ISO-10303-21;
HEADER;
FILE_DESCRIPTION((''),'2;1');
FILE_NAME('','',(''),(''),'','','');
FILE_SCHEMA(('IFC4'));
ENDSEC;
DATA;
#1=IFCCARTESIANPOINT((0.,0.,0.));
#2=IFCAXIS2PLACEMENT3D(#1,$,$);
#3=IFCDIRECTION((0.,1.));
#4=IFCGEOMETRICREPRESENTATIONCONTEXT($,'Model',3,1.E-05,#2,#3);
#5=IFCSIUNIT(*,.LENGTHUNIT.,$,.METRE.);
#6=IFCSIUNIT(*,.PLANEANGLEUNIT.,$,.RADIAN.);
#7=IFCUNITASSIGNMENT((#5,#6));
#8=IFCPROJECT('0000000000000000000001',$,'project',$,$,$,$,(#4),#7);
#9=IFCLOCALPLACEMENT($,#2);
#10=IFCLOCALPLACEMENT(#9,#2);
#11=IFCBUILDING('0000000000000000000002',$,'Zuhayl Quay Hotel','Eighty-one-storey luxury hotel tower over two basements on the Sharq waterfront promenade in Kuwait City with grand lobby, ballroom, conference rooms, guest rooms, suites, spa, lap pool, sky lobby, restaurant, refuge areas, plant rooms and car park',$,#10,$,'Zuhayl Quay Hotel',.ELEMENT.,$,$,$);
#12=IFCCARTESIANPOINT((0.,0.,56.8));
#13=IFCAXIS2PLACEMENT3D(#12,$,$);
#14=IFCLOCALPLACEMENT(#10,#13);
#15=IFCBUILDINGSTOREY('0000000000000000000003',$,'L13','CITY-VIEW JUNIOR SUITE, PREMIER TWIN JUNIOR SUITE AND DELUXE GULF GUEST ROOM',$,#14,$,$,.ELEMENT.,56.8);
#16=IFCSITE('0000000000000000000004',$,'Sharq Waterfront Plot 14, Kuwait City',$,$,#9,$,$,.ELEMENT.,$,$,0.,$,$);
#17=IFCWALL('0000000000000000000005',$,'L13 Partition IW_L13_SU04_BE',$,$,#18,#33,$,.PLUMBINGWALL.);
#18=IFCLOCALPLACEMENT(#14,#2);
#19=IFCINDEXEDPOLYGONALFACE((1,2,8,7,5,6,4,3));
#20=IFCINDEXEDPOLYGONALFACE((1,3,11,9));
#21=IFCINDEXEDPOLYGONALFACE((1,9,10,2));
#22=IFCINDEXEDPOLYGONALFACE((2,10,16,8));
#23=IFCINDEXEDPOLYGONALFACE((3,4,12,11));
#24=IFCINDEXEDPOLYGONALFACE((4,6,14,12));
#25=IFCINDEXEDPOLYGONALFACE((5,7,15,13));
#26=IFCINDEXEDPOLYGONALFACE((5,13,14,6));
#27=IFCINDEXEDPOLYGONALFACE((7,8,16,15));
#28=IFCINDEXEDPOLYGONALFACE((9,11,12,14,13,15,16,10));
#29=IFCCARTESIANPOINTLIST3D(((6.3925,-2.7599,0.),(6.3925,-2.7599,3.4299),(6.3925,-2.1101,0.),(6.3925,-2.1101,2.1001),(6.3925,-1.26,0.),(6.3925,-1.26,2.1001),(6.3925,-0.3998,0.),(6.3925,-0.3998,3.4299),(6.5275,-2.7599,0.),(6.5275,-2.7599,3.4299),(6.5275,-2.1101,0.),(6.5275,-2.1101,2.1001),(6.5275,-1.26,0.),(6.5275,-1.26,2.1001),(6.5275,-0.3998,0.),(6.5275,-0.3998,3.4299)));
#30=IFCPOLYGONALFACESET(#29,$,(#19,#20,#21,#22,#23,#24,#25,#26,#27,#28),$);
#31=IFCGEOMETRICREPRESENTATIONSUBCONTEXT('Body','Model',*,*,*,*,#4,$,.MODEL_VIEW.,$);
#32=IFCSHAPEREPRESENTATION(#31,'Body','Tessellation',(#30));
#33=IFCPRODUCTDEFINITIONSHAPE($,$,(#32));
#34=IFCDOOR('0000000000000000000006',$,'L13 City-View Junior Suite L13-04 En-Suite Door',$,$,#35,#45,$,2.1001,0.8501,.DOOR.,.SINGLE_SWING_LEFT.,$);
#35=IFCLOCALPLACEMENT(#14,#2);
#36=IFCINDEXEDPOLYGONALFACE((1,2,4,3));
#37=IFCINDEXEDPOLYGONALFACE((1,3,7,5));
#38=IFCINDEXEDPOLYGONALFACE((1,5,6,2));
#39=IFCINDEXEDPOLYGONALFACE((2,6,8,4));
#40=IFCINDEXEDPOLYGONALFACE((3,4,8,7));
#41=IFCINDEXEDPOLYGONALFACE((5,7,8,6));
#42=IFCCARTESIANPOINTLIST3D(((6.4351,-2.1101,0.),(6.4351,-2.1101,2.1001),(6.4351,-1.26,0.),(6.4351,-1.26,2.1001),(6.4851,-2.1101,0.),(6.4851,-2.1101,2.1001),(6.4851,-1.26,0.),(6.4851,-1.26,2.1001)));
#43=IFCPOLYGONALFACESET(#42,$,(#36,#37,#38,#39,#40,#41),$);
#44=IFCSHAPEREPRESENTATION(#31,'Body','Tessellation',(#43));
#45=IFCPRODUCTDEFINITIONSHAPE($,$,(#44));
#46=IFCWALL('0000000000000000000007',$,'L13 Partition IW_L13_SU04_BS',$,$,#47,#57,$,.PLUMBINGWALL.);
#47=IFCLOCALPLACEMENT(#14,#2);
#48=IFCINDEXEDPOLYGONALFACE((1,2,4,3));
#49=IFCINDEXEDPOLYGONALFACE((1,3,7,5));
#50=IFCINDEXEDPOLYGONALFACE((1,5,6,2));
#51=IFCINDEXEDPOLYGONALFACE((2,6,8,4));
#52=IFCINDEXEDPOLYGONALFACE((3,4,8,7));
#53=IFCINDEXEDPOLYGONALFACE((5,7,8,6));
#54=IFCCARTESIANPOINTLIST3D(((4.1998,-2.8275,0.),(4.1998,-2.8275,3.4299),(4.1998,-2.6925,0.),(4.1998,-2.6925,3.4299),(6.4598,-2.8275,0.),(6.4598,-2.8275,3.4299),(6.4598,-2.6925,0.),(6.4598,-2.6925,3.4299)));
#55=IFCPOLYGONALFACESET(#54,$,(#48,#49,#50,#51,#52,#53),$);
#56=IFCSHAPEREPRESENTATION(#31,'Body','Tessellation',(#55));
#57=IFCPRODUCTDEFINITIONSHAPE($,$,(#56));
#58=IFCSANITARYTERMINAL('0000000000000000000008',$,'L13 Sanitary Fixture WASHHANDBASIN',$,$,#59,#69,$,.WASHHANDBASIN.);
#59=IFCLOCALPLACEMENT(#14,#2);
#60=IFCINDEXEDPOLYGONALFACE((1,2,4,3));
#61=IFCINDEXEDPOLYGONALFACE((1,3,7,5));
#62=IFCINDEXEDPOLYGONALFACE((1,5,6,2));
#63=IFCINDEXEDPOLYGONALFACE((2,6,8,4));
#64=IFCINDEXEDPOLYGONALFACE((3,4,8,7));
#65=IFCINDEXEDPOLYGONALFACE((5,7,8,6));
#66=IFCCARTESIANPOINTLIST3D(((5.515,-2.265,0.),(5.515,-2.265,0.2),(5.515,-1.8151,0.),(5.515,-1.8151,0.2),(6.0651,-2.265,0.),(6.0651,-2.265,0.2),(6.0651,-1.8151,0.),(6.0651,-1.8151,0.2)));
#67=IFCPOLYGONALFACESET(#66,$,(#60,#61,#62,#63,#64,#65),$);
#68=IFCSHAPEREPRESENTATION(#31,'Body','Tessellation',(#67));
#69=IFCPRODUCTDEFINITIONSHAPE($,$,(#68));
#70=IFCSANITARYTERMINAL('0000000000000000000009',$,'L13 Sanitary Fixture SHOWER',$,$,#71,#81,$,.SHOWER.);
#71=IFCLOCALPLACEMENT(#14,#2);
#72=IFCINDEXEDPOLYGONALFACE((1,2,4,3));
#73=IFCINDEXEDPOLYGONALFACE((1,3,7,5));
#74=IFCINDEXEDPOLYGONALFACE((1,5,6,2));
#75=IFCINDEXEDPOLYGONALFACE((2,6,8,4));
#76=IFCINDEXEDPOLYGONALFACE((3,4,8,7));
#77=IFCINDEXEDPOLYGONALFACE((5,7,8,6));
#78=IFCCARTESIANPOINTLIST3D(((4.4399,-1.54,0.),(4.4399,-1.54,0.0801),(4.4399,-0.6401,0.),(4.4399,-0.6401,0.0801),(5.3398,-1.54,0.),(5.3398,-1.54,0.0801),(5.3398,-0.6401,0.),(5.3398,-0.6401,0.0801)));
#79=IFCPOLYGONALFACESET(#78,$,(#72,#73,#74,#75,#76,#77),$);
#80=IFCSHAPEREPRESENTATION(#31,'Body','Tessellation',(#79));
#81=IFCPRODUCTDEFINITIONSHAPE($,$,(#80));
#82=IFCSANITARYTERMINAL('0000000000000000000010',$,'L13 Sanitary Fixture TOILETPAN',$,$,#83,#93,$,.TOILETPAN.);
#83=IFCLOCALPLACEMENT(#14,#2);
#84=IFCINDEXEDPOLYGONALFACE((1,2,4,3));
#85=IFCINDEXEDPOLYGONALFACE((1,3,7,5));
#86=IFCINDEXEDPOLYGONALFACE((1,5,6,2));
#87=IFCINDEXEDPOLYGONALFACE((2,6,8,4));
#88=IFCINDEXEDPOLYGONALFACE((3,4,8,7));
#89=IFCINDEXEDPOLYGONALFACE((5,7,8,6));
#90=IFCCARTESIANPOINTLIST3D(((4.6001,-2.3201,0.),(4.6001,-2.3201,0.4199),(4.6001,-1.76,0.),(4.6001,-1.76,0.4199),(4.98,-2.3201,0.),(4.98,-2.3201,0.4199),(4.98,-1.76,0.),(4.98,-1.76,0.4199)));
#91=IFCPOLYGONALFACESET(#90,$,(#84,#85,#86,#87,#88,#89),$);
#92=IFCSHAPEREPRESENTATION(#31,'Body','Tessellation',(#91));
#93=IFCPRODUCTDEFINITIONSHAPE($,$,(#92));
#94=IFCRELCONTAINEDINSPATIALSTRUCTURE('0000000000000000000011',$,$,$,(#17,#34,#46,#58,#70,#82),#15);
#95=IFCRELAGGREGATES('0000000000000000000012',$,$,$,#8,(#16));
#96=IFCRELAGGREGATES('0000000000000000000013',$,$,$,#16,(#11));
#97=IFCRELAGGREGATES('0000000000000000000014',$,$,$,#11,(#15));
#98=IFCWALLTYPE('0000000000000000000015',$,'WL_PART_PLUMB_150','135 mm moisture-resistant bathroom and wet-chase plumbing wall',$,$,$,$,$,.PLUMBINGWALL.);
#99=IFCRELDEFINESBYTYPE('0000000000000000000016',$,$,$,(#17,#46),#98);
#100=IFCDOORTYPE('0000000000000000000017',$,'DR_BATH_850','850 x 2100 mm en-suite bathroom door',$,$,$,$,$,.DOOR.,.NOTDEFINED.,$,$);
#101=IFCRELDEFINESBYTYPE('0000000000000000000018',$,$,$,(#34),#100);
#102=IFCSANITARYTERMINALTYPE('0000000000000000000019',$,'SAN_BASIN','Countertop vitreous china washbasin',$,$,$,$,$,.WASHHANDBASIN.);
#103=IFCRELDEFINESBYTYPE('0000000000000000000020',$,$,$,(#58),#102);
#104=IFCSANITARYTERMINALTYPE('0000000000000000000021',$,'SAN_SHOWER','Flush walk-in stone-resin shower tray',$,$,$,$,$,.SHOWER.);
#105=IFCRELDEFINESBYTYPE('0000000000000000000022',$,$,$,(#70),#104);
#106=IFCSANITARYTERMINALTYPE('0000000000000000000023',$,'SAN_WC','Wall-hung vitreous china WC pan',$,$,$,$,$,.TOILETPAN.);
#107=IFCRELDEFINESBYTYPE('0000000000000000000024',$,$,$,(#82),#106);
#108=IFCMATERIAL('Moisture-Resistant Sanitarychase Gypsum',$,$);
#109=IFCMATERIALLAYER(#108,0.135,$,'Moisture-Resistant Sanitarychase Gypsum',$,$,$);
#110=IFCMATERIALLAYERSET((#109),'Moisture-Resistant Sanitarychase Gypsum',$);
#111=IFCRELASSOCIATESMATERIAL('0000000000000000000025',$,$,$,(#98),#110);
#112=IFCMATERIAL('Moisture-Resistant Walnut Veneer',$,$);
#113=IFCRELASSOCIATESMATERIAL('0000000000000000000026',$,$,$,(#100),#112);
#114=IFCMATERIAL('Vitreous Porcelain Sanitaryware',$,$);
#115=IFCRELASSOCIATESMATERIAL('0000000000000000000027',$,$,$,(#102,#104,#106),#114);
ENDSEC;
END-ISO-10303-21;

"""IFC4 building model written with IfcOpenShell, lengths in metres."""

from ifc_helpers import new_model, si_unit, direction, frame, frame_2d, origin, origin_2d, place, context, subcontext, project, spatial, rectangle, extrude, material, layer, layer_set, type_object, element, fill, save


model = new_model("IFC4")

# Units and contexts
model_context = context("Model", 3, precision=1e-05, world=origin(), true_north=direction((0.0, 1.0)))
body_context = subcontext(model_context, "Body", "Model", "MODEL_VIEW")
ifc_project = project(units=[si_unit("LENGTHUNIT", "METRE"), si_unit("PLANEANGLEUNIT", "RADIAN")], contexts=[model_context])

# Site, building, storey
site_placement = place(None, origin())
site = spatial("IfcSite", under=ifc_project, at=site_placement, Name="Sharq Waterfront Plot 14, Kuwait City", CompositionType="ELEMENT", RefElevation=0.0)
building_placement = place(site_placement, origin())
building = spatial("IfcBuilding", under=site, at=building_placement, Name="Zuhayl Quay Hotel", Description="Eighty-one-storey luxury hotel tower over two basements on the Sharq waterfront promenade in Kuwait City with grand lobby, ballroom, conference rooms, guest rooms, suites, spa, lap pool, sky lobby, restaurant, refuge areas, plant rooms and car park", LongName="Zuhayl Quay Hotel", CompositionType="ELEMENT")
storey_placement = place(building_placement, frame((0.0, 0.0, 56.8)))
storey = spatial("IfcBuildingStorey", under=building, at=storey_placement, Name="L13", Description="CITY-VIEW JUNIOR SUITE, PREMIER TWIN JUNIOR SUITE AND DELUXE GULF GUEST ROOM", CompositionType="ELEMENT", Elevation=56.8)

# Wall, opening, door
ifc_material_1 = material(Name="Moisture-Resistant Sanitarychase Gypsum")
ifc_layer_1 = layer(ifc_material_1, 0.135, Name="Moisture-Resistant Sanitarychase Gypsum")
ifc_layer_set_1 = layer_set([ifc_layer_1], Name="Moisture-Resistant Sanitarychase Gypsum")
wall_type_1 = type_object("IfcWallType", Name="WL_PART_PLUMB_150", Description="135 mm moisture-resistant bathroom and wet-chase plumbing wall", PredefinedType="PLUMBINGWALL", material=ifc_layer_set_1)
wall_1_placement = place(storey_placement, frame((6.46, -2.76, 0.0), z_axis=(0.0, 0.0, 1.0), x_axis=(0.0, 1.0, 0.0)))
wall_1 = element("IfcWall", 1, at=wall_1_placement, inside=storey, type_object=wall_type_1, Name="L13 Partition IW_L13_SU04_BE", PredefinedType="PLUMBINGWALL", context=body_context, shape_type="SweptSolid", body=[
    extrude(rectangle(XDim=2.3601, YDim=0.135, at=frame_2d((1.1802, 0.0))), origin(), (0.0, 0.0, 1.0), 3.4299),
])
opening_1_placement = place(wall_1_placement, frame((0.6499, 0.0, 0.0)))
opening_1 = element("IfcOpeningElement", 2, at=opening_1_placement, cuts=wall_1, PredefinedType="OPENING", context=body_context, shape_type="SweptSolid", body=[
    extrude(rectangle(XDim=0.8501, YDim=2.1001, at=frame_2d((0.425, 1.05))), frame((0.0, 0.0774, 0.0), z_axis=(0.0, -1.0, 0.0), x_axis=(1.0, 0.0, 0.0)), (0.0, 0.0, 1.0), 0.155),
])
ifc_material_2 = material(Name="Moisture-Resistant Walnut Veneer")
door_type_1 = type_object("IfcDoorType", Name="DR_BATH_850", Description="850 x 2100 mm en-suite bathroom door", OperationType="NOTDEFINED", PredefinedType="DOOR", material=ifc_material_2)
door_1_placement = place(opening_1_placement, origin())
door_1 = element("IfcDoor", 3, at=door_1_placement, inside=storey, type_object=door_type_1, Name="L13 City-View Junior Suite L13-04 En-Suite Door", OperationType="SINGLE_SWING_LEFT", OverallHeight=2.1001, OverallWidth=0.8501, PredefinedType="DOOR", context=body_context, shape_type="SweptSolid", body=[
    extrude(rectangle(XDim=0.8501, YDim=2.1001, at=frame_2d((0.425, 1.05))), frame((0.0, 0.0249, 0.0), z_axis=(0.0, -1.0, 0.0), x_axis=(1.0, 0.0, 0.0)), (0.0, 0.0, 1.0), 0.05),
])
fill(opening_1, door_1)

# Wall
wall_2_placement = place(storey_placement, frame((4.2, -2.76, 0.0), z_axis=(0.0, 0.0, 1.0), x_axis=(1.0, 0.0, 0.0)))
element("IfcWall", 4, at=wall_2_placement, inside=storey, type_object=wall_type_1, Name="L13 Partition IW_L13_SU04_BS", PredefinedType="PLUMBINGWALL", context=body_context, shape_type="SweptSolid", body=[
    extrude(rectangle(XDim=2.26, YDim=0.135, at=frame_2d((1.1299, 0.0))), origin(), (0.0, 0.0, 1.0), 3.4299),
])

# Sanitary terminals
ifc_material_3 = material(Name="Vitreous Porcelain Sanitaryware")
sanitary_terminal_type_1 = type_object("IfcSanitaryTerminalType", Name="SAN_BASIN", Description="Countertop vitreous china washbasin", PredefinedType="WASHHANDBASIN", material=ifc_material_3)
sanitary_terminal_1_placement = place(storey_placement, frame((5.79, -2.04, 0.0), z_axis=(0.0, 0.0, 1.0), x_axis=(1.0, 0.0, 0.0)))
element("IfcSanitaryTerminal", 5, at=sanitary_terminal_1_placement, inside=storey, type_object=sanitary_terminal_type_1, Name="L13 Sanitary Fixture WASHHANDBASIN", PredefinedType="WASHHANDBASIN", context=body_context, shape_type="SweptSolid", body=[
    extrude(rectangle(XDim=0.55, YDim=0.45, at=origin_2d()), origin(), (0.0, 0.0, 1.0), 0.2),
])
sanitary_terminal_type_2 = type_object("IfcSanitaryTerminalType", Name="SAN_SHOWER", Description="Flush walk-in stone-resin shower tray", PredefinedType="SHOWER", material=ifc_material_3)
sanitary_terminal_2_placement = place(storey_placement, frame((4.8899, -1.0901, 0.0), z_axis=(0.0, 0.0, 1.0), x_axis=(1.0, 0.0, 0.0)))
element("IfcSanitaryTerminal", 6, at=sanitary_terminal_2_placement, inside=storey, type_object=sanitary_terminal_type_2, Name="L13 Sanitary Fixture SHOWER", PredefinedType="SHOWER", context=body_context, shape_type="SweptSolid", body=[
    extrude(rectangle(XDim=0.8999, YDim=0.8999, at=origin_2d()), origin(), (0.0, 0.0, 1.0), 0.0801),
])
sanitary_terminal_type_3 = type_object("IfcSanitaryTerminalType", Name="SAN_WC", Description="Wall-hung vitreous china WC pan", PredefinedType="TOILETPAN", material=ifc_material_3)
sanitary_terminal_3_placement = place(storey_placement, frame((4.79, -2.04, 0.0), z_axis=(0.0, 0.0, 1.0), x_axis=(1.0, 0.0, 0.0)))
element("IfcSanitaryTerminal", 7, at=sanitary_terminal_3_placement, inside=storey, type_object=sanitary_terminal_type_3, Name="L13 Sanitary Fixture TOILETPAN", PredefinedType="TOILETPAN", context=body_context, shape_type="SweptSolid", body=[
    extrude(rectangle(XDim=0.3799, YDim=0.5601, at=origin_2d()), origin(), (0.0, 0.0, 1.0), 0.4199),
])

save(model, "model.ifc")
